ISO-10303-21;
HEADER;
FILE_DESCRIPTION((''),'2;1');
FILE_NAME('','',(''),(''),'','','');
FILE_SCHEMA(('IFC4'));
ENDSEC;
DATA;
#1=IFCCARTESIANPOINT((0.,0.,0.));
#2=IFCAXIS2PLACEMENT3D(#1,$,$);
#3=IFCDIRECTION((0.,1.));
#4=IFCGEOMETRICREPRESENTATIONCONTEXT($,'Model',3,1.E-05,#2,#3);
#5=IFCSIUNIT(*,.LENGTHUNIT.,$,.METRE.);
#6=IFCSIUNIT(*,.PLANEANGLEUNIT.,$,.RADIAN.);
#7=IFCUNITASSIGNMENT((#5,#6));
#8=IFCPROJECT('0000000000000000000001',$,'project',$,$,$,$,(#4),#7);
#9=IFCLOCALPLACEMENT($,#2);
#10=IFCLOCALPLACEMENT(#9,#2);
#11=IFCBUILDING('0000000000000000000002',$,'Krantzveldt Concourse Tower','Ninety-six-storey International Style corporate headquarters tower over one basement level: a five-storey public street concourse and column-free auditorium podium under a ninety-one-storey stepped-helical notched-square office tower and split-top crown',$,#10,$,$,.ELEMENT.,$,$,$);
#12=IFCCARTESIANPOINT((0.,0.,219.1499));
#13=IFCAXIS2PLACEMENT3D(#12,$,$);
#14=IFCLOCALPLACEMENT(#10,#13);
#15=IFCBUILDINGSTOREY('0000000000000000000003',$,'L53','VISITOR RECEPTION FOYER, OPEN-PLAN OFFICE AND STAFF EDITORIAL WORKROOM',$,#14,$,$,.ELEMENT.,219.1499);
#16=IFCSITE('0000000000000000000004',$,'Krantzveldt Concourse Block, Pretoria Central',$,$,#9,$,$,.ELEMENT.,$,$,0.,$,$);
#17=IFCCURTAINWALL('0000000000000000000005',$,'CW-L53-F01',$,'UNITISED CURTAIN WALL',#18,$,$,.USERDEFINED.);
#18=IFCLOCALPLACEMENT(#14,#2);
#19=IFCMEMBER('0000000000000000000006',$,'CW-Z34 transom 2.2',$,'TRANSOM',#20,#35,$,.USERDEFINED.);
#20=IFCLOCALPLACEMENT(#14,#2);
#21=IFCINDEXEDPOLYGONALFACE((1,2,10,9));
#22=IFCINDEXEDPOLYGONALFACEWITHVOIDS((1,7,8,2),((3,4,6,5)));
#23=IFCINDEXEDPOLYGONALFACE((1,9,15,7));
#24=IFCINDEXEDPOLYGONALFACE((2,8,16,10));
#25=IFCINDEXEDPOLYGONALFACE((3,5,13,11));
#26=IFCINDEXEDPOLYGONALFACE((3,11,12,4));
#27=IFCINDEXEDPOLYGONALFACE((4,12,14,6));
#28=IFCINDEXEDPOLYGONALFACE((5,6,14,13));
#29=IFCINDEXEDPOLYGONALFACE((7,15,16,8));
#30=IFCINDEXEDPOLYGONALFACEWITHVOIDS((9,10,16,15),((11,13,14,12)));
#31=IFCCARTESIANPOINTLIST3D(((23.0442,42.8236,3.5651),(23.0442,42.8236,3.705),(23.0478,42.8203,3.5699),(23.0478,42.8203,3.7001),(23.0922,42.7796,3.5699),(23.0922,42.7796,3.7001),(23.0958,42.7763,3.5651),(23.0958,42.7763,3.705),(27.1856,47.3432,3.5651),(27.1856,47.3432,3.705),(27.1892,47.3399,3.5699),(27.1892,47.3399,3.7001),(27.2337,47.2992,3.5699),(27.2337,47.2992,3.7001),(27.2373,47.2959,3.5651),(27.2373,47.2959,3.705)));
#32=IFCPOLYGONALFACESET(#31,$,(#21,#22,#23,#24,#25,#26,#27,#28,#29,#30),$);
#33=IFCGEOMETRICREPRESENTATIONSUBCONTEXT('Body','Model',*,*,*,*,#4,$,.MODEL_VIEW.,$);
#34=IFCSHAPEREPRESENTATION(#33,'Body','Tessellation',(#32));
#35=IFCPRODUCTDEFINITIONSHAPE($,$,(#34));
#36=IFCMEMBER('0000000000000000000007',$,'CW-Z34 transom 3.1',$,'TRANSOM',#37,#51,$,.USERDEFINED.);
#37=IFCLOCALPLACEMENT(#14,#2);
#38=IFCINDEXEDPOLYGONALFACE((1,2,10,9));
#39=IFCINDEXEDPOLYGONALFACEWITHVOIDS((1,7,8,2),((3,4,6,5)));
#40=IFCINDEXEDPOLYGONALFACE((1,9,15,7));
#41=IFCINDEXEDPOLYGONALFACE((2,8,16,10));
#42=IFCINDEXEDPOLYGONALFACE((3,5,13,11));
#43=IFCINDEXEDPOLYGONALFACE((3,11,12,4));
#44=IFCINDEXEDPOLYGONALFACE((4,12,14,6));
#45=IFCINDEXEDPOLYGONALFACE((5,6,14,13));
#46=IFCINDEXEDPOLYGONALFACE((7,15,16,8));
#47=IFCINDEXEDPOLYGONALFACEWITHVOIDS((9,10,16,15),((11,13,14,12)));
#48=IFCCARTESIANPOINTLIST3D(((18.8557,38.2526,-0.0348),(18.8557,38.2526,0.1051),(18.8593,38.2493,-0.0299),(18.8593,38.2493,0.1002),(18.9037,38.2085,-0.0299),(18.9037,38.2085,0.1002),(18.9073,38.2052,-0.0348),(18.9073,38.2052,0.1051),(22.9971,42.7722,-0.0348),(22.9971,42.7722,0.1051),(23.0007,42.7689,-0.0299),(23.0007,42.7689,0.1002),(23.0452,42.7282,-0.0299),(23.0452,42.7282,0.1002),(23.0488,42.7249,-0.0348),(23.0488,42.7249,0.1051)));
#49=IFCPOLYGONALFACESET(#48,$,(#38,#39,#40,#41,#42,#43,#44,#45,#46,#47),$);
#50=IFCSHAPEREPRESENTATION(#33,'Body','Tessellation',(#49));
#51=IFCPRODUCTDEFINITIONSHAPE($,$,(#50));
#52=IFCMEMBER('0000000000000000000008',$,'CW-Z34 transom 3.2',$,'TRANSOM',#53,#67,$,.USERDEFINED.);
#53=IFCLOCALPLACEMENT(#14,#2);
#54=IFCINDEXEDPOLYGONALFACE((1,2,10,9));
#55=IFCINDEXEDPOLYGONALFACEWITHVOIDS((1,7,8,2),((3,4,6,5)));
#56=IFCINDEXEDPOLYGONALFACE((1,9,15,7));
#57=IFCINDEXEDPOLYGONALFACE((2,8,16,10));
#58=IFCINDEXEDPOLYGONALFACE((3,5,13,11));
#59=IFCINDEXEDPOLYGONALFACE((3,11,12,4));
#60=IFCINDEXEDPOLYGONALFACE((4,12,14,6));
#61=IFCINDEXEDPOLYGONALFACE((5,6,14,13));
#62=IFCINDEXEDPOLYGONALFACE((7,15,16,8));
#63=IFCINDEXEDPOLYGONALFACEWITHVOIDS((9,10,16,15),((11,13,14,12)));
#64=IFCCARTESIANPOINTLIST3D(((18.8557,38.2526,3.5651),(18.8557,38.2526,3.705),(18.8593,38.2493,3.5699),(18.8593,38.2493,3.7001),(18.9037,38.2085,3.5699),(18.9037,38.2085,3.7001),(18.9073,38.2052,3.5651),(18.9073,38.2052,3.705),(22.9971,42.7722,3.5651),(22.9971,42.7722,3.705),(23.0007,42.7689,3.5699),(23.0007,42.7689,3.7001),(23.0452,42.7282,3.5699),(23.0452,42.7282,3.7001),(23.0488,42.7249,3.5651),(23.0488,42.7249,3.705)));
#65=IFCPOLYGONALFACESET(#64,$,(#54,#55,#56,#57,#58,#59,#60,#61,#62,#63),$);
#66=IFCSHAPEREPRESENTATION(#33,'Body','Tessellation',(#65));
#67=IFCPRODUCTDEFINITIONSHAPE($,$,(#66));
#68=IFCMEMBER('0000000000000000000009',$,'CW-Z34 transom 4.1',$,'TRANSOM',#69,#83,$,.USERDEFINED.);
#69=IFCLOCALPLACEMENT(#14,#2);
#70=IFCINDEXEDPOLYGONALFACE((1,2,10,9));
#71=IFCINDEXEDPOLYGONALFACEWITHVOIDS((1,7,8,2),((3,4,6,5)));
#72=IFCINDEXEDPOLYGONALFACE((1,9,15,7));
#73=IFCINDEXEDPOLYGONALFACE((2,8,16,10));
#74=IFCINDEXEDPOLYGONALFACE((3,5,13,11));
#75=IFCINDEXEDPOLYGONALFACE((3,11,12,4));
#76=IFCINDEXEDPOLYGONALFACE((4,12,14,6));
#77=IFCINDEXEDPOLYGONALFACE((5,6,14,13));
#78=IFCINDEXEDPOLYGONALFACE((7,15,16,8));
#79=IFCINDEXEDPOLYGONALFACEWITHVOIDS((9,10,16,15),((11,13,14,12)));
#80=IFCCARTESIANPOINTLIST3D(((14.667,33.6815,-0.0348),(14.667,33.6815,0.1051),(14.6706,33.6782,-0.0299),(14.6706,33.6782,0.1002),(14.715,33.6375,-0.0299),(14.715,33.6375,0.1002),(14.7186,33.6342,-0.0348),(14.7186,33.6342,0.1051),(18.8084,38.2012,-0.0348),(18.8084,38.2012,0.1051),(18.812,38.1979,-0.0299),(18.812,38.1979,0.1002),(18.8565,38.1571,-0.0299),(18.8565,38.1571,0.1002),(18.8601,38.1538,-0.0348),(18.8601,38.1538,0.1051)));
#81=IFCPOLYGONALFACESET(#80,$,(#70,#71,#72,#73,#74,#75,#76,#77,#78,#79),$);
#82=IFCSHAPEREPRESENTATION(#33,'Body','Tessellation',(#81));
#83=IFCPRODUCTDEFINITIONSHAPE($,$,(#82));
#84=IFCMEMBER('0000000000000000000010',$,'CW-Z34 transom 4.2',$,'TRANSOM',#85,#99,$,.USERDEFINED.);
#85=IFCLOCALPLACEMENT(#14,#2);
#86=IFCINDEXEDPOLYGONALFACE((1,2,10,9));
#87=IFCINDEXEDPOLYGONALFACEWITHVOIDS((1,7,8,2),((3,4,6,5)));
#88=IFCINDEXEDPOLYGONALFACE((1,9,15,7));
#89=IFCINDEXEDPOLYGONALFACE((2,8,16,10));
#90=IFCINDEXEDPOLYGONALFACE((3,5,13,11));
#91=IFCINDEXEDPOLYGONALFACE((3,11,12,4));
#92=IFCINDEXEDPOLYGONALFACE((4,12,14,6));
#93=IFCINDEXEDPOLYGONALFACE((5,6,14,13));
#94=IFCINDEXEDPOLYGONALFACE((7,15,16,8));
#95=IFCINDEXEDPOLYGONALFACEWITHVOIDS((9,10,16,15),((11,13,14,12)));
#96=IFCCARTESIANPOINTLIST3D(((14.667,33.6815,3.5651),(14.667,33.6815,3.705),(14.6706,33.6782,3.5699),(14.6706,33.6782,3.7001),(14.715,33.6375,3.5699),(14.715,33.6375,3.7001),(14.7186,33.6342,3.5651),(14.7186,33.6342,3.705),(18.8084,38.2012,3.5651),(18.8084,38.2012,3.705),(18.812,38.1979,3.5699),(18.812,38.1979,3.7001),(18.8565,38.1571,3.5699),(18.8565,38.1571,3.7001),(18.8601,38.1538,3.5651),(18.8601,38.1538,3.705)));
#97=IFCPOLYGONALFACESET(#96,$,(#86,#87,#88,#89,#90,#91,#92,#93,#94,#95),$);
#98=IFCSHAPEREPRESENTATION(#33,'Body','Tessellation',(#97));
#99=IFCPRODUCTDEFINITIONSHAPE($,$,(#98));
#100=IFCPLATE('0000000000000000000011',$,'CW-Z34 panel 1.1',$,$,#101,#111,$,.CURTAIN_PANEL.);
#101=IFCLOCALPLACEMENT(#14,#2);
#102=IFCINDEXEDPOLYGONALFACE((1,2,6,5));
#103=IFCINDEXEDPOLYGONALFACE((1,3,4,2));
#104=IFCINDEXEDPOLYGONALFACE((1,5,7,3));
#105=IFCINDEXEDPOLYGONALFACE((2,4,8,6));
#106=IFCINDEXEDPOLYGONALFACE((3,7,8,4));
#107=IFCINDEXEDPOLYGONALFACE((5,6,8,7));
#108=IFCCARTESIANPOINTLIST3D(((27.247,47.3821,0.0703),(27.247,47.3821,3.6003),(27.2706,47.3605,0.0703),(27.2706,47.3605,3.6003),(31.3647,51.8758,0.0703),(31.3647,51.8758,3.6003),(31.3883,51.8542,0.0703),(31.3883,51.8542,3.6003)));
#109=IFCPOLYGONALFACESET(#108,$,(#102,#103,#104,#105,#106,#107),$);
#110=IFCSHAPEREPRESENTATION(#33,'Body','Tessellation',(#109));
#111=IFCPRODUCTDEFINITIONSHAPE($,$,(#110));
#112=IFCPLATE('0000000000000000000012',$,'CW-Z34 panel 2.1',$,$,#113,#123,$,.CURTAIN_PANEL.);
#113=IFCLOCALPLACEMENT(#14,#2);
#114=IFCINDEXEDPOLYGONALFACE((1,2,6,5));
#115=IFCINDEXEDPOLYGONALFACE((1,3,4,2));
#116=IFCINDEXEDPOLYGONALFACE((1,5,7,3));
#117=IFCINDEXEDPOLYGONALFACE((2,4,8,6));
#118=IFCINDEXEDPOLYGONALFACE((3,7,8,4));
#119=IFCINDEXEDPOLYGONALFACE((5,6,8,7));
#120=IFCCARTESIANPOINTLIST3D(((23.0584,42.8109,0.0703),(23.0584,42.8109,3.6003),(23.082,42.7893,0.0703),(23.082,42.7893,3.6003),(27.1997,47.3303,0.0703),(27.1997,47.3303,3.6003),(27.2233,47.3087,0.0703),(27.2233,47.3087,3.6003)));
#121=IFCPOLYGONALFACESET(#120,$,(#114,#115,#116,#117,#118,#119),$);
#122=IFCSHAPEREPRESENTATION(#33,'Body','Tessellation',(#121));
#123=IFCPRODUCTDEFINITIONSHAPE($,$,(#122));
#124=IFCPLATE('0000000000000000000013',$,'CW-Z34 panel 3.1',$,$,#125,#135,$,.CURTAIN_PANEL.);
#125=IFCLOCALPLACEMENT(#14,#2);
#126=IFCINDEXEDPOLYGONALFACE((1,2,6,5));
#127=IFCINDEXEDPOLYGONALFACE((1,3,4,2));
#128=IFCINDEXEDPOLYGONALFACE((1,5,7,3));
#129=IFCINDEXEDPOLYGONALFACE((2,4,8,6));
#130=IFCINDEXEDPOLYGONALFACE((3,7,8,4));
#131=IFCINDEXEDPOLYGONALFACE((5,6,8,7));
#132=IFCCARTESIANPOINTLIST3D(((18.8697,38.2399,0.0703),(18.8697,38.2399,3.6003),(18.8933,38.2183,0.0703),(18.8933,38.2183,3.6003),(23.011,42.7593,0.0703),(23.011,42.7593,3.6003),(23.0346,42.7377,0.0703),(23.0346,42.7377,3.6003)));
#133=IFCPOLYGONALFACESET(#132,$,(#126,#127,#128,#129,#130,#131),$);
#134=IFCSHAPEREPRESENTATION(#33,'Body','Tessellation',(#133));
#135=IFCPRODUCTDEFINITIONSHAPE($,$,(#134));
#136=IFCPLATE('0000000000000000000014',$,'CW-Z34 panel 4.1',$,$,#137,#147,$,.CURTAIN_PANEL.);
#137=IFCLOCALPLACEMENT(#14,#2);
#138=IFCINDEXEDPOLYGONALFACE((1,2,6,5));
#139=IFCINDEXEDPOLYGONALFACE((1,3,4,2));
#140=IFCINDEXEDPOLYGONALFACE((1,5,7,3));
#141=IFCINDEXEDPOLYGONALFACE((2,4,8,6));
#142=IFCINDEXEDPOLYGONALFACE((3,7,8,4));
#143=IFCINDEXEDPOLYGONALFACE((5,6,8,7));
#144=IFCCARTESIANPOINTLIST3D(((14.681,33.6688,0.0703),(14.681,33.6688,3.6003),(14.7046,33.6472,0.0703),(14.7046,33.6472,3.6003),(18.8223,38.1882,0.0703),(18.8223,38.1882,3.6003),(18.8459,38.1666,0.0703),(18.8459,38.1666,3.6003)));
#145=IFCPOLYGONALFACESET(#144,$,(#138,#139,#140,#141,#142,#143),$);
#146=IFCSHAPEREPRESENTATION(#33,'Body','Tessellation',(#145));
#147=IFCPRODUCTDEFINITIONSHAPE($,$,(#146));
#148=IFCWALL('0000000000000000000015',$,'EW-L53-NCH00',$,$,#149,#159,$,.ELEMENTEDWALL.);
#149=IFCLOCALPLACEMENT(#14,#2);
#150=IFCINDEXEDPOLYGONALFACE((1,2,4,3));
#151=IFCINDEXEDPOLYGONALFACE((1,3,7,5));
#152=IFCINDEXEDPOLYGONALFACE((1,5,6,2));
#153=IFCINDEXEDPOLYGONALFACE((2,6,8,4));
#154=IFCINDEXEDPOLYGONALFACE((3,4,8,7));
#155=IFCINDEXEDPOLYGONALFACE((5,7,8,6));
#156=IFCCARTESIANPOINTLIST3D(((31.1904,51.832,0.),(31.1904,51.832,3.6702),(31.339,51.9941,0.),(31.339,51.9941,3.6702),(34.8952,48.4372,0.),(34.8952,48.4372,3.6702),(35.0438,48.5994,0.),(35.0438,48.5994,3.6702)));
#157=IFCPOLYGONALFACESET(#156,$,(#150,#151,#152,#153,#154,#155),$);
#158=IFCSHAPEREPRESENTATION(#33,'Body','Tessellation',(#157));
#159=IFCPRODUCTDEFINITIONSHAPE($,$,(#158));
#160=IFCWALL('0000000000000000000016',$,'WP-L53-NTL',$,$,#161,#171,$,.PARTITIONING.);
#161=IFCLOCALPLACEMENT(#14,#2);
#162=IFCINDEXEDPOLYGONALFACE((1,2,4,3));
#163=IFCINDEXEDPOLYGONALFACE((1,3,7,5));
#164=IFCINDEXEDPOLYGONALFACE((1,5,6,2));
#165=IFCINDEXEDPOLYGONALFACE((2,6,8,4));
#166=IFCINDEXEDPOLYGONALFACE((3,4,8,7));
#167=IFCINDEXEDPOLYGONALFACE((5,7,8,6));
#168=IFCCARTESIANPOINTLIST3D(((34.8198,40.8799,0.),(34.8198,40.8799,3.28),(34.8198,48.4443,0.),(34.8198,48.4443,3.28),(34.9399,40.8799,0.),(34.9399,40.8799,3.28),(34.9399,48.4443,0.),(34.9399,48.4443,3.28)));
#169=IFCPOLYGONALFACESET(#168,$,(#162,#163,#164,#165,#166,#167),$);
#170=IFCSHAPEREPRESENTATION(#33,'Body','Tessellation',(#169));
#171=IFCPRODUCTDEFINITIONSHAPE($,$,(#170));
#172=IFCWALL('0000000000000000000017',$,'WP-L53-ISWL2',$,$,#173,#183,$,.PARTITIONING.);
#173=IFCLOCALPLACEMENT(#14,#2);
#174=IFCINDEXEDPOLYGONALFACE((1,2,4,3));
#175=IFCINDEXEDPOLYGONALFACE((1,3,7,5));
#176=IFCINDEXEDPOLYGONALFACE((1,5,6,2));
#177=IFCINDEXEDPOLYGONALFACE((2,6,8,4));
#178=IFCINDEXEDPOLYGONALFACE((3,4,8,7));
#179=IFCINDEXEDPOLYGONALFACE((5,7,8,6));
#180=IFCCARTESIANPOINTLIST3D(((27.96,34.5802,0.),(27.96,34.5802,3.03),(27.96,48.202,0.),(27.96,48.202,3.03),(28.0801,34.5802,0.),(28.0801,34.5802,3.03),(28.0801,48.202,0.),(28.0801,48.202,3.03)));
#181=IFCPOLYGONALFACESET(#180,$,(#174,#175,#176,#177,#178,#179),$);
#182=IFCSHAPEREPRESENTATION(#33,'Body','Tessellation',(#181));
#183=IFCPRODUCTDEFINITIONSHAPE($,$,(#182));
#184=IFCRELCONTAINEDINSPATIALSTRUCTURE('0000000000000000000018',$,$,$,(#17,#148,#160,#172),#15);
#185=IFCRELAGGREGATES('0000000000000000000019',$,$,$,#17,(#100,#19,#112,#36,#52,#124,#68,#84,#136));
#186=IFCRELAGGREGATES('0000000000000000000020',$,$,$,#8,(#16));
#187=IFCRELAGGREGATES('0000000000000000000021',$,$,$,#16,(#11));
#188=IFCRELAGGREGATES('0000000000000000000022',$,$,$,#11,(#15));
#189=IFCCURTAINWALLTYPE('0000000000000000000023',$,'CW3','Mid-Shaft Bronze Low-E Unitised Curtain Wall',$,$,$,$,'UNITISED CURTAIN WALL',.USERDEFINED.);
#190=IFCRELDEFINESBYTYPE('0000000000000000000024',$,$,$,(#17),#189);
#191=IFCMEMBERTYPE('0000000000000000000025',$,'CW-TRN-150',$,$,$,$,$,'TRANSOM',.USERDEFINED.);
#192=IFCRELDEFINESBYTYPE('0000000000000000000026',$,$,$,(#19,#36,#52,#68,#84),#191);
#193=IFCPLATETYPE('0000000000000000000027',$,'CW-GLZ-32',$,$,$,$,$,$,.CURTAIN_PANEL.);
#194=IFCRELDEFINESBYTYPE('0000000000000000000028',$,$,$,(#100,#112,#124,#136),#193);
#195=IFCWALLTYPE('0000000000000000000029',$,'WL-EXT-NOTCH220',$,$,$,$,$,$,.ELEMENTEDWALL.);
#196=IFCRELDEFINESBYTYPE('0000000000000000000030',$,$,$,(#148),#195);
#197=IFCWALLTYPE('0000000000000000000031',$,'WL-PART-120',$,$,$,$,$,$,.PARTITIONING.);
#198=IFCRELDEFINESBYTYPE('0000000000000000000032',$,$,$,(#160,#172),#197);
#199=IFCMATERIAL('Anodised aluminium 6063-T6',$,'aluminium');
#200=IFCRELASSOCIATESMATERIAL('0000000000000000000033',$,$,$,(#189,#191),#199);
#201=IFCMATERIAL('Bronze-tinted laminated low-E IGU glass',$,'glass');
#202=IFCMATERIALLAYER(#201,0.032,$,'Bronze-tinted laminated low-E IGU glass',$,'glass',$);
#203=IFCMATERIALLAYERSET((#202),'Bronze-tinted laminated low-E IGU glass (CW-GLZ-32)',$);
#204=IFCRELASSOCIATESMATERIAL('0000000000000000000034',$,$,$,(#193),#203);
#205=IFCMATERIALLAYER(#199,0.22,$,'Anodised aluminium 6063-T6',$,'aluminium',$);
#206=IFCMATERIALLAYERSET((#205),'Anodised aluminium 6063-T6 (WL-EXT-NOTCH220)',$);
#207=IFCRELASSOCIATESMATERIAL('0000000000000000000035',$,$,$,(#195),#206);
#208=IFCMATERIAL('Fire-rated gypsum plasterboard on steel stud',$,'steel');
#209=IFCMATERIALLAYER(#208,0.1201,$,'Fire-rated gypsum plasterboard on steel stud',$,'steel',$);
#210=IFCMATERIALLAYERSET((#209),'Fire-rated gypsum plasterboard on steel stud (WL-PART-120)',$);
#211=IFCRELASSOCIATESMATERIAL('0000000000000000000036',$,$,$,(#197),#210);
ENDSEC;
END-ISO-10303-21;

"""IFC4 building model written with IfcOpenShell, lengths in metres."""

from ifc_helpers import new_model, si_unit, direction, frame, frame_2d, origin, origin_2d, place, context, subcontext, project, spatial, rectangle, hollow_rectangle, extrude, source, transform, mapped, material, layer, layer_set, material_profile, profile_set, type_object, type_shapes, element, aggregate, save


model = new_model("IFC4")

# Units and contexts
model_context = context("Model", 3, precision=1e-05, world=origin(), true_north=direction((0.0, 1.0)))
body_context = subcontext(model_context, "Body", "Model", "MODEL_VIEW")
ifc_project = project(units=[si_unit("LENGTHUNIT", "METRE"), si_unit("PLANEANGLEUNIT", "RADIAN")], contexts=[model_context])

# Site, building, storey
site_placement = place(None, origin())
site = spatial("IfcSite", under=ifc_project, at=site_placement, Name="Krantzveldt Concourse Block, Pretoria Central", CompositionType="ELEMENT", RefElevation=0.0)
building_placement = place(site_placement, origin())
building = spatial("IfcBuilding", under=site, at=building_placement, Name="Krantzveldt Concourse Tower", Description="Ninety-six-storey International Style corporate headquarters tower over one basement level: a five-storey public street concourse and column-free auditorium podium under a ninety-one-storey stepped-helical notched-square office tower and split-top crown", CompositionType="ELEMENT")
storey_placement = place(building_placement, frame((0.0, 0.0, 219.1499)))
storey = spatial("IfcBuildingStorey", under=building, at=storey_placement, Name="L53", Description="VISITOR RECEPTION FOYER, OPEN-PLAN OFFICE AND STAFF EDITORIAL WORKROOM", CompositionType="ELEMENT", Elevation=219.1499)

# Curtain wall, members, plates
ifc_material_1 = material(Name="Anodised aluminium 6063-T6", Category="aluminium")
curtain_wall_type = type_object("IfcCurtainWallType", Name="CW3", Description="Mid-Shaft Bronze Low-E Unitised Curtain Wall", ElementType="UNITISED CURTAIN WALL", PredefinedType="USERDEFINED", material=ifc_material_1)
curtain_wall_placement = place(storey_placement, origin())
curtain_wall = element("IfcCurtainWall", 1, at=curtain_wall_placement, inside=storey, type_object=curtain_wall_type, Name="CW-L53-F01", ObjectType="UNITISED CURTAIN WALL", PredefinedType="USERDEFINED")
ifc_material_profile_1 = material_profile(ifc_material_1, hollow_rectangle(XDim=0.0701, YDim=0.1399, WallThickness=0.0049, at=origin_2d()), Name="Anodised aluminium 6063-T6", Category="aluminium")
ifc_profile_set_1 = profile_set([ifc_material_profile_1], Name="Anodised aluminium 6063-T6 - ALU-TRAN 140x70x5")
member_type_1 = type_object("IfcMemberType", Name="CW-TRN-150", ElementType="TRANSOM", PredefinedType="USERDEFINED", material=ifc_profile_set_1)
shared_shape_1 = source(origin(), body_context, "Body", "SweptSolid", [
    extrude(hollow_rectangle(XDim=0.0701, YDim=0.1399, WallThickness=0.0049, at=origin_2d()), origin(), (0.0, 0.0, 1.0), 6.1301),
])
member_1_placement = place(storey_placement, frame((27.2114, 47.3196, 3.635), z_axis=(-0.675588, -0.73728, 0.0), x_axis=(0.73728, -0.675588, 0.0)))
member_1 = element("IfcMember", 2, at=member_1_placement, type_object=member_type_1, Name="CW-Z34 transom 2.2", ObjectType="TRANSOM", PredefinedType="USERDEFINED", context=body_context, shape_type="MappedRepresentation", body=[
    mapped(shared_shape_1, transform((0.0, 0.0, 0.0), x_axis=(1.0, 0.0, 0.0), y_axis=(0.0, 1.0, 0.0), z_axis=(0.0, 0.0, 1.0), scale=1.0)),
])
member_2_placement = place(storey_placement, frame((23.0229, 42.7485, 0.0352), z_axis=(-0.675588, -0.73728, 0.0), x_axis=(0.73728, -0.675588, 0.0)))
member_2 = element("IfcMember", 3, at=member_2_placement, type_object=member_type_1, Name="CW-Z34 transom 3.1", ObjectType="TRANSOM", PredefinedType="USERDEFINED", context=body_context, shape_type="MappedRepresentation", body=[
    mapped(shared_shape_1, transform((0.0, 0.0, 0.0), x_axis=(1.0, 0.0, 0.0), y_axis=(0.0, 1.0, 0.0), z_axis=(0.0, 0.0, 1.0), scale=1.0)),
])
member_3_placement = place(storey_placement, frame((23.0229, 42.7485, 3.635), z_axis=(-0.675588, -0.73728, 0.0), x_axis=(0.73728, -0.675588, 0.0)))
member_3 = element("IfcMember", 4, at=member_3_placement, type_object=member_type_1, Name="CW-Z34 transom 3.2", ObjectType="TRANSOM", PredefinedType="USERDEFINED", context=body_context, shape_type="MappedRepresentation", body=[
    mapped(shared_shape_1, transform((0.0, 0.0, 0.0), x_axis=(1.0, 0.0, 0.0), y_axis=(0.0, 1.0, 0.0), z_axis=(0.0, 0.0, 1.0), scale=1.0)),
])
member_4_placement = place(storey_placement, frame((18.8342, 38.1775, 0.0352), z_axis=(-0.675588, -0.73728, 0.0), x_axis=(0.73728, -0.675588, 0.0)))
member_4 = element("IfcMember", 5, at=member_4_placement, type_object=member_type_1, Name="CW-Z34 transom 4.1", ObjectType="TRANSOM", PredefinedType="USERDEFINED", context=body_context, shape_type="MappedRepresentation", body=[
    mapped(shared_shape_1, transform((0.0, 0.0, 0.0), x_axis=(1.0, 0.0, 0.0), y_axis=(0.0, 1.0, 0.0), z_axis=(0.0, 0.0, 1.0), scale=1.0)),
])
member_5_placement = place(storey_placement, frame((18.8342, 38.1775, 3.635), z_axis=(-0.675588, -0.73728, 0.0), x_axis=(0.73728, -0.675588, 0.0)))
member_5 = element("IfcMember", 6, at=member_5_placement, type_object=member_type_1, Name="CW-Z34 transom 4.2", ObjectType="TRANSOM", PredefinedType="USERDEFINED", context=body_context, shape_type="MappedRepresentation", body=[
    mapped(shared_shape_1, transform((0.0, 0.0, 0.0), x_axis=(1.0, 0.0, 0.0), y_axis=(0.0, 1.0, 0.0), z_axis=(0.0, 0.0, 1.0), scale=1.0)),
])
ifc_material_2 = material(Name="Bronze-tinted laminated low-E IGU glass", Category="glass")
ifc_layer_1 = layer(ifc_material_2, 0.032, Name="Bronze-tinted laminated low-E IGU glass", Category="glass")
ifc_layer_set_1 = layer_set([ifc_layer_1], Name="Bronze-tinted laminated low-E IGU glass (CW-GLZ-32)")
plate_type = type_object("IfcPlateType", Name="CW-GLZ-32", PredefinedType="CURTAIN_PANEL", material=ifc_layer_set_1)
shared_shape_2 = source(origin(), body_context, "Body", "SweptSolid", [
    extrude(rectangle(XDim=6.095, YDim=0.032, at=origin_2d()), origin(), (0.0, 0.0, 1.0), 3.53),
])
plate_1_placement = place(storey_placement, frame((29.3176, 49.6182, 0.0703), z_axis=(0.0, 0.0, 1.0), x_axis=(-0.67559, -0.737277, 0.0)))
plate_1 = element("IfcPlate", 7, at=plate_1_placement, type_object=plate_type, Name="CW-Z34 panel 1.1", PredefinedType="CURTAIN_PANEL", context=body_context, shape_type="MappedRepresentation", body=[
    mapped(shared_shape_2, transform((0.0, 0.0, 0.0), x_axis=(1.0, 0.0, 0.0), y_axis=(0.0, 1.0, 0.0), z_axis=(0.0, 0.0, 1.0), scale=1.0)),
])
shared_shape_3 = source(origin(), body_context, "Body", "SweptSolid", [
    extrude(rectangle(XDim=6.1299, YDim=0.032, at=origin_2d()), origin(), (0.0, 0.0, 1.0), 3.53),
])
type_shapes(plate_type, [shared_shape_2, shared_shape_3])
plate_2_placement = place(storey_placement, frame((25.1409, 45.0598, 0.0703), z_axis=(0.0, 0.0, 1.0), x_axis=(-0.67559, -0.737277, 0.0)))
plate_2 = element("IfcPlate", 8, at=plate_2_placement, type_object=plate_type, Name="CW-Z34 panel 2.1", PredefinedType="CURTAIN_PANEL", context=body_context, shape_type="MappedRepresentation", body=[
    mapped(shared_shape_3, transform((0.0, 0.0, 0.0), x_axis=(1.0, 0.0, 0.0), y_axis=(0.0, 1.0, 0.0), z_axis=(0.0, 0.0, 1.0), scale=1.0)),
])
plate_3_placement = place(storey_placement, frame((20.9521, 40.4888, 0.0703), z_axis=(0.0, 0.0, 1.0), x_axis=(-0.67559, -0.737277, 0.0)))
plate_3 = element("IfcPlate", 9, at=plate_3_placement, type_object=plate_type, Name="CW-Z34 panel 3.1", PredefinedType="CURTAIN_PANEL", context=body_context, shape_type="MappedRepresentation", body=[
    mapped(shared_shape_3, transform((0.0, 0.0, 0.0), x_axis=(1.0, 0.0, 0.0), y_axis=(0.0, 1.0, 0.0), z_axis=(0.0, 0.0, 1.0), scale=1.0)),
])
plate_4_placement = place(storey_placement, frame((16.7634, 35.9177, 0.0703), z_axis=(0.0, 0.0, 1.0), x_axis=(-0.67559, -0.737277, 0.0)))
plate_4 = element("IfcPlate", 10, at=plate_4_placement, type_object=plate_type, Name="CW-Z34 panel 4.1", PredefinedType="CURTAIN_PANEL", context=body_context, shape_type="MappedRepresentation", body=[
    mapped(shared_shape_3, transform((0.0, 0.0, 0.0), x_axis=(1.0, 0.0, 0.0), y_axis=(0.0, 1.0, 0.0), z_axis=(0.0, 0.0, 1.0), scale=1.0)),
])
aggregate(curtain_wall, [plate_1, member_1, plate_2, member_2, member_3, plate_3, member_4, member_5, plate_4])

# Walls
ifc_layer_2 = layer(ifc_material_1, 0.22, Name="Anodised aluminium 6063-T6", Category="aluminium")
ifc_layer_set_2 = layer_set([ifc_layer_2], Name="Anodised aluminium 6063-T6 (WL-EXT-NOTCH220)")
wall_type_1 = type_object("IfcWallType", Name="WL-EXT-NOTCH220", PredefinedType="ELEMENTEDWALL", material=ifc_layer_set_2)
wall_1_placement = place(storey_placement, frame((34.9695, 48.5183, 0.0), z_axis=(0.0, 0.0, 1.0), x_axis=(-0.737285, 0.675582, 0.0)))
element("IfcWall", 11, at=wall_1_placement, inside=storey, type_object=wall_type_1, Name="EW-L53-NCH00", PredefinedType="ELEMENTEDWALL", context=body_context, shape_type="SweptSolid", body=[
    extrude(rectangle(XDim=5.0249, YDim=0.22, at=frame_2d((2.5125, 0.0))), origin(), (0.0, 0.0, 1.0), 3.6702),
])
ifc_material_3 = material(Name="Fire-rated gypsum plasterboard on steel stud", Category="steel")
ifc_layer_3 = layer(ifc_material_3, 0.1201, Name="Fire-rated gypsum plasterboard on steel stud", Category="steel")
ifc_layer_set_3 = layer_set([ifc_layer_3], Name="Fire-rated gypsum plasterboard on steel stud (WL-PART-120)")
wall_type_2 = type_object("IfcWallType", Name="WL-PART-120", PredefinedType="PARTITIONING", material=ifc_layer_set_3)
wall_2_placement = place(storey_placement, frame((34.8799, 40.8799, 0.0), z_axis=(0.0, 0.0, 1.0), x_axis=(0.0, 1.0, 0.0)))
element("IfcWall", 12, at=wall_2_placement, inside=storey, type_object=wall_type_2, Name="WP-L53-NTL", PredefinedType="PARTITIONING", context=body_context, shape_type="SweptSolid", body=[
    extrude(rectangle(XDim=7.5645, YDim=0.1201, at=frame_2d((3.7822, 0.0))), origin(), (0.0, 0.0, 1.0), 3.28),
])
wall_3_placement = place(storey_placement, frame((28.02, 34.5801, 0.0), z_axis=(0.0, 0.0, 1.0), x_axis=(0.0, 1.0, 0.0)))
element("IfcWall", 13, at=wall_3_placement, inside=storey, type_object=wall_type_2, Name="WP-L53-ISWL2", PredefinedType="PARTITIONING", context=body_context, shape_type="SweptSolid", body=[
    extrude(rectangle(XDim=13.6218, YDim=0.1201, at=frame_2d((6.811, 0.0))), origin(), (0.0, 0.0, 1.0), 3.03),
])

save(model, "model.ifc")
